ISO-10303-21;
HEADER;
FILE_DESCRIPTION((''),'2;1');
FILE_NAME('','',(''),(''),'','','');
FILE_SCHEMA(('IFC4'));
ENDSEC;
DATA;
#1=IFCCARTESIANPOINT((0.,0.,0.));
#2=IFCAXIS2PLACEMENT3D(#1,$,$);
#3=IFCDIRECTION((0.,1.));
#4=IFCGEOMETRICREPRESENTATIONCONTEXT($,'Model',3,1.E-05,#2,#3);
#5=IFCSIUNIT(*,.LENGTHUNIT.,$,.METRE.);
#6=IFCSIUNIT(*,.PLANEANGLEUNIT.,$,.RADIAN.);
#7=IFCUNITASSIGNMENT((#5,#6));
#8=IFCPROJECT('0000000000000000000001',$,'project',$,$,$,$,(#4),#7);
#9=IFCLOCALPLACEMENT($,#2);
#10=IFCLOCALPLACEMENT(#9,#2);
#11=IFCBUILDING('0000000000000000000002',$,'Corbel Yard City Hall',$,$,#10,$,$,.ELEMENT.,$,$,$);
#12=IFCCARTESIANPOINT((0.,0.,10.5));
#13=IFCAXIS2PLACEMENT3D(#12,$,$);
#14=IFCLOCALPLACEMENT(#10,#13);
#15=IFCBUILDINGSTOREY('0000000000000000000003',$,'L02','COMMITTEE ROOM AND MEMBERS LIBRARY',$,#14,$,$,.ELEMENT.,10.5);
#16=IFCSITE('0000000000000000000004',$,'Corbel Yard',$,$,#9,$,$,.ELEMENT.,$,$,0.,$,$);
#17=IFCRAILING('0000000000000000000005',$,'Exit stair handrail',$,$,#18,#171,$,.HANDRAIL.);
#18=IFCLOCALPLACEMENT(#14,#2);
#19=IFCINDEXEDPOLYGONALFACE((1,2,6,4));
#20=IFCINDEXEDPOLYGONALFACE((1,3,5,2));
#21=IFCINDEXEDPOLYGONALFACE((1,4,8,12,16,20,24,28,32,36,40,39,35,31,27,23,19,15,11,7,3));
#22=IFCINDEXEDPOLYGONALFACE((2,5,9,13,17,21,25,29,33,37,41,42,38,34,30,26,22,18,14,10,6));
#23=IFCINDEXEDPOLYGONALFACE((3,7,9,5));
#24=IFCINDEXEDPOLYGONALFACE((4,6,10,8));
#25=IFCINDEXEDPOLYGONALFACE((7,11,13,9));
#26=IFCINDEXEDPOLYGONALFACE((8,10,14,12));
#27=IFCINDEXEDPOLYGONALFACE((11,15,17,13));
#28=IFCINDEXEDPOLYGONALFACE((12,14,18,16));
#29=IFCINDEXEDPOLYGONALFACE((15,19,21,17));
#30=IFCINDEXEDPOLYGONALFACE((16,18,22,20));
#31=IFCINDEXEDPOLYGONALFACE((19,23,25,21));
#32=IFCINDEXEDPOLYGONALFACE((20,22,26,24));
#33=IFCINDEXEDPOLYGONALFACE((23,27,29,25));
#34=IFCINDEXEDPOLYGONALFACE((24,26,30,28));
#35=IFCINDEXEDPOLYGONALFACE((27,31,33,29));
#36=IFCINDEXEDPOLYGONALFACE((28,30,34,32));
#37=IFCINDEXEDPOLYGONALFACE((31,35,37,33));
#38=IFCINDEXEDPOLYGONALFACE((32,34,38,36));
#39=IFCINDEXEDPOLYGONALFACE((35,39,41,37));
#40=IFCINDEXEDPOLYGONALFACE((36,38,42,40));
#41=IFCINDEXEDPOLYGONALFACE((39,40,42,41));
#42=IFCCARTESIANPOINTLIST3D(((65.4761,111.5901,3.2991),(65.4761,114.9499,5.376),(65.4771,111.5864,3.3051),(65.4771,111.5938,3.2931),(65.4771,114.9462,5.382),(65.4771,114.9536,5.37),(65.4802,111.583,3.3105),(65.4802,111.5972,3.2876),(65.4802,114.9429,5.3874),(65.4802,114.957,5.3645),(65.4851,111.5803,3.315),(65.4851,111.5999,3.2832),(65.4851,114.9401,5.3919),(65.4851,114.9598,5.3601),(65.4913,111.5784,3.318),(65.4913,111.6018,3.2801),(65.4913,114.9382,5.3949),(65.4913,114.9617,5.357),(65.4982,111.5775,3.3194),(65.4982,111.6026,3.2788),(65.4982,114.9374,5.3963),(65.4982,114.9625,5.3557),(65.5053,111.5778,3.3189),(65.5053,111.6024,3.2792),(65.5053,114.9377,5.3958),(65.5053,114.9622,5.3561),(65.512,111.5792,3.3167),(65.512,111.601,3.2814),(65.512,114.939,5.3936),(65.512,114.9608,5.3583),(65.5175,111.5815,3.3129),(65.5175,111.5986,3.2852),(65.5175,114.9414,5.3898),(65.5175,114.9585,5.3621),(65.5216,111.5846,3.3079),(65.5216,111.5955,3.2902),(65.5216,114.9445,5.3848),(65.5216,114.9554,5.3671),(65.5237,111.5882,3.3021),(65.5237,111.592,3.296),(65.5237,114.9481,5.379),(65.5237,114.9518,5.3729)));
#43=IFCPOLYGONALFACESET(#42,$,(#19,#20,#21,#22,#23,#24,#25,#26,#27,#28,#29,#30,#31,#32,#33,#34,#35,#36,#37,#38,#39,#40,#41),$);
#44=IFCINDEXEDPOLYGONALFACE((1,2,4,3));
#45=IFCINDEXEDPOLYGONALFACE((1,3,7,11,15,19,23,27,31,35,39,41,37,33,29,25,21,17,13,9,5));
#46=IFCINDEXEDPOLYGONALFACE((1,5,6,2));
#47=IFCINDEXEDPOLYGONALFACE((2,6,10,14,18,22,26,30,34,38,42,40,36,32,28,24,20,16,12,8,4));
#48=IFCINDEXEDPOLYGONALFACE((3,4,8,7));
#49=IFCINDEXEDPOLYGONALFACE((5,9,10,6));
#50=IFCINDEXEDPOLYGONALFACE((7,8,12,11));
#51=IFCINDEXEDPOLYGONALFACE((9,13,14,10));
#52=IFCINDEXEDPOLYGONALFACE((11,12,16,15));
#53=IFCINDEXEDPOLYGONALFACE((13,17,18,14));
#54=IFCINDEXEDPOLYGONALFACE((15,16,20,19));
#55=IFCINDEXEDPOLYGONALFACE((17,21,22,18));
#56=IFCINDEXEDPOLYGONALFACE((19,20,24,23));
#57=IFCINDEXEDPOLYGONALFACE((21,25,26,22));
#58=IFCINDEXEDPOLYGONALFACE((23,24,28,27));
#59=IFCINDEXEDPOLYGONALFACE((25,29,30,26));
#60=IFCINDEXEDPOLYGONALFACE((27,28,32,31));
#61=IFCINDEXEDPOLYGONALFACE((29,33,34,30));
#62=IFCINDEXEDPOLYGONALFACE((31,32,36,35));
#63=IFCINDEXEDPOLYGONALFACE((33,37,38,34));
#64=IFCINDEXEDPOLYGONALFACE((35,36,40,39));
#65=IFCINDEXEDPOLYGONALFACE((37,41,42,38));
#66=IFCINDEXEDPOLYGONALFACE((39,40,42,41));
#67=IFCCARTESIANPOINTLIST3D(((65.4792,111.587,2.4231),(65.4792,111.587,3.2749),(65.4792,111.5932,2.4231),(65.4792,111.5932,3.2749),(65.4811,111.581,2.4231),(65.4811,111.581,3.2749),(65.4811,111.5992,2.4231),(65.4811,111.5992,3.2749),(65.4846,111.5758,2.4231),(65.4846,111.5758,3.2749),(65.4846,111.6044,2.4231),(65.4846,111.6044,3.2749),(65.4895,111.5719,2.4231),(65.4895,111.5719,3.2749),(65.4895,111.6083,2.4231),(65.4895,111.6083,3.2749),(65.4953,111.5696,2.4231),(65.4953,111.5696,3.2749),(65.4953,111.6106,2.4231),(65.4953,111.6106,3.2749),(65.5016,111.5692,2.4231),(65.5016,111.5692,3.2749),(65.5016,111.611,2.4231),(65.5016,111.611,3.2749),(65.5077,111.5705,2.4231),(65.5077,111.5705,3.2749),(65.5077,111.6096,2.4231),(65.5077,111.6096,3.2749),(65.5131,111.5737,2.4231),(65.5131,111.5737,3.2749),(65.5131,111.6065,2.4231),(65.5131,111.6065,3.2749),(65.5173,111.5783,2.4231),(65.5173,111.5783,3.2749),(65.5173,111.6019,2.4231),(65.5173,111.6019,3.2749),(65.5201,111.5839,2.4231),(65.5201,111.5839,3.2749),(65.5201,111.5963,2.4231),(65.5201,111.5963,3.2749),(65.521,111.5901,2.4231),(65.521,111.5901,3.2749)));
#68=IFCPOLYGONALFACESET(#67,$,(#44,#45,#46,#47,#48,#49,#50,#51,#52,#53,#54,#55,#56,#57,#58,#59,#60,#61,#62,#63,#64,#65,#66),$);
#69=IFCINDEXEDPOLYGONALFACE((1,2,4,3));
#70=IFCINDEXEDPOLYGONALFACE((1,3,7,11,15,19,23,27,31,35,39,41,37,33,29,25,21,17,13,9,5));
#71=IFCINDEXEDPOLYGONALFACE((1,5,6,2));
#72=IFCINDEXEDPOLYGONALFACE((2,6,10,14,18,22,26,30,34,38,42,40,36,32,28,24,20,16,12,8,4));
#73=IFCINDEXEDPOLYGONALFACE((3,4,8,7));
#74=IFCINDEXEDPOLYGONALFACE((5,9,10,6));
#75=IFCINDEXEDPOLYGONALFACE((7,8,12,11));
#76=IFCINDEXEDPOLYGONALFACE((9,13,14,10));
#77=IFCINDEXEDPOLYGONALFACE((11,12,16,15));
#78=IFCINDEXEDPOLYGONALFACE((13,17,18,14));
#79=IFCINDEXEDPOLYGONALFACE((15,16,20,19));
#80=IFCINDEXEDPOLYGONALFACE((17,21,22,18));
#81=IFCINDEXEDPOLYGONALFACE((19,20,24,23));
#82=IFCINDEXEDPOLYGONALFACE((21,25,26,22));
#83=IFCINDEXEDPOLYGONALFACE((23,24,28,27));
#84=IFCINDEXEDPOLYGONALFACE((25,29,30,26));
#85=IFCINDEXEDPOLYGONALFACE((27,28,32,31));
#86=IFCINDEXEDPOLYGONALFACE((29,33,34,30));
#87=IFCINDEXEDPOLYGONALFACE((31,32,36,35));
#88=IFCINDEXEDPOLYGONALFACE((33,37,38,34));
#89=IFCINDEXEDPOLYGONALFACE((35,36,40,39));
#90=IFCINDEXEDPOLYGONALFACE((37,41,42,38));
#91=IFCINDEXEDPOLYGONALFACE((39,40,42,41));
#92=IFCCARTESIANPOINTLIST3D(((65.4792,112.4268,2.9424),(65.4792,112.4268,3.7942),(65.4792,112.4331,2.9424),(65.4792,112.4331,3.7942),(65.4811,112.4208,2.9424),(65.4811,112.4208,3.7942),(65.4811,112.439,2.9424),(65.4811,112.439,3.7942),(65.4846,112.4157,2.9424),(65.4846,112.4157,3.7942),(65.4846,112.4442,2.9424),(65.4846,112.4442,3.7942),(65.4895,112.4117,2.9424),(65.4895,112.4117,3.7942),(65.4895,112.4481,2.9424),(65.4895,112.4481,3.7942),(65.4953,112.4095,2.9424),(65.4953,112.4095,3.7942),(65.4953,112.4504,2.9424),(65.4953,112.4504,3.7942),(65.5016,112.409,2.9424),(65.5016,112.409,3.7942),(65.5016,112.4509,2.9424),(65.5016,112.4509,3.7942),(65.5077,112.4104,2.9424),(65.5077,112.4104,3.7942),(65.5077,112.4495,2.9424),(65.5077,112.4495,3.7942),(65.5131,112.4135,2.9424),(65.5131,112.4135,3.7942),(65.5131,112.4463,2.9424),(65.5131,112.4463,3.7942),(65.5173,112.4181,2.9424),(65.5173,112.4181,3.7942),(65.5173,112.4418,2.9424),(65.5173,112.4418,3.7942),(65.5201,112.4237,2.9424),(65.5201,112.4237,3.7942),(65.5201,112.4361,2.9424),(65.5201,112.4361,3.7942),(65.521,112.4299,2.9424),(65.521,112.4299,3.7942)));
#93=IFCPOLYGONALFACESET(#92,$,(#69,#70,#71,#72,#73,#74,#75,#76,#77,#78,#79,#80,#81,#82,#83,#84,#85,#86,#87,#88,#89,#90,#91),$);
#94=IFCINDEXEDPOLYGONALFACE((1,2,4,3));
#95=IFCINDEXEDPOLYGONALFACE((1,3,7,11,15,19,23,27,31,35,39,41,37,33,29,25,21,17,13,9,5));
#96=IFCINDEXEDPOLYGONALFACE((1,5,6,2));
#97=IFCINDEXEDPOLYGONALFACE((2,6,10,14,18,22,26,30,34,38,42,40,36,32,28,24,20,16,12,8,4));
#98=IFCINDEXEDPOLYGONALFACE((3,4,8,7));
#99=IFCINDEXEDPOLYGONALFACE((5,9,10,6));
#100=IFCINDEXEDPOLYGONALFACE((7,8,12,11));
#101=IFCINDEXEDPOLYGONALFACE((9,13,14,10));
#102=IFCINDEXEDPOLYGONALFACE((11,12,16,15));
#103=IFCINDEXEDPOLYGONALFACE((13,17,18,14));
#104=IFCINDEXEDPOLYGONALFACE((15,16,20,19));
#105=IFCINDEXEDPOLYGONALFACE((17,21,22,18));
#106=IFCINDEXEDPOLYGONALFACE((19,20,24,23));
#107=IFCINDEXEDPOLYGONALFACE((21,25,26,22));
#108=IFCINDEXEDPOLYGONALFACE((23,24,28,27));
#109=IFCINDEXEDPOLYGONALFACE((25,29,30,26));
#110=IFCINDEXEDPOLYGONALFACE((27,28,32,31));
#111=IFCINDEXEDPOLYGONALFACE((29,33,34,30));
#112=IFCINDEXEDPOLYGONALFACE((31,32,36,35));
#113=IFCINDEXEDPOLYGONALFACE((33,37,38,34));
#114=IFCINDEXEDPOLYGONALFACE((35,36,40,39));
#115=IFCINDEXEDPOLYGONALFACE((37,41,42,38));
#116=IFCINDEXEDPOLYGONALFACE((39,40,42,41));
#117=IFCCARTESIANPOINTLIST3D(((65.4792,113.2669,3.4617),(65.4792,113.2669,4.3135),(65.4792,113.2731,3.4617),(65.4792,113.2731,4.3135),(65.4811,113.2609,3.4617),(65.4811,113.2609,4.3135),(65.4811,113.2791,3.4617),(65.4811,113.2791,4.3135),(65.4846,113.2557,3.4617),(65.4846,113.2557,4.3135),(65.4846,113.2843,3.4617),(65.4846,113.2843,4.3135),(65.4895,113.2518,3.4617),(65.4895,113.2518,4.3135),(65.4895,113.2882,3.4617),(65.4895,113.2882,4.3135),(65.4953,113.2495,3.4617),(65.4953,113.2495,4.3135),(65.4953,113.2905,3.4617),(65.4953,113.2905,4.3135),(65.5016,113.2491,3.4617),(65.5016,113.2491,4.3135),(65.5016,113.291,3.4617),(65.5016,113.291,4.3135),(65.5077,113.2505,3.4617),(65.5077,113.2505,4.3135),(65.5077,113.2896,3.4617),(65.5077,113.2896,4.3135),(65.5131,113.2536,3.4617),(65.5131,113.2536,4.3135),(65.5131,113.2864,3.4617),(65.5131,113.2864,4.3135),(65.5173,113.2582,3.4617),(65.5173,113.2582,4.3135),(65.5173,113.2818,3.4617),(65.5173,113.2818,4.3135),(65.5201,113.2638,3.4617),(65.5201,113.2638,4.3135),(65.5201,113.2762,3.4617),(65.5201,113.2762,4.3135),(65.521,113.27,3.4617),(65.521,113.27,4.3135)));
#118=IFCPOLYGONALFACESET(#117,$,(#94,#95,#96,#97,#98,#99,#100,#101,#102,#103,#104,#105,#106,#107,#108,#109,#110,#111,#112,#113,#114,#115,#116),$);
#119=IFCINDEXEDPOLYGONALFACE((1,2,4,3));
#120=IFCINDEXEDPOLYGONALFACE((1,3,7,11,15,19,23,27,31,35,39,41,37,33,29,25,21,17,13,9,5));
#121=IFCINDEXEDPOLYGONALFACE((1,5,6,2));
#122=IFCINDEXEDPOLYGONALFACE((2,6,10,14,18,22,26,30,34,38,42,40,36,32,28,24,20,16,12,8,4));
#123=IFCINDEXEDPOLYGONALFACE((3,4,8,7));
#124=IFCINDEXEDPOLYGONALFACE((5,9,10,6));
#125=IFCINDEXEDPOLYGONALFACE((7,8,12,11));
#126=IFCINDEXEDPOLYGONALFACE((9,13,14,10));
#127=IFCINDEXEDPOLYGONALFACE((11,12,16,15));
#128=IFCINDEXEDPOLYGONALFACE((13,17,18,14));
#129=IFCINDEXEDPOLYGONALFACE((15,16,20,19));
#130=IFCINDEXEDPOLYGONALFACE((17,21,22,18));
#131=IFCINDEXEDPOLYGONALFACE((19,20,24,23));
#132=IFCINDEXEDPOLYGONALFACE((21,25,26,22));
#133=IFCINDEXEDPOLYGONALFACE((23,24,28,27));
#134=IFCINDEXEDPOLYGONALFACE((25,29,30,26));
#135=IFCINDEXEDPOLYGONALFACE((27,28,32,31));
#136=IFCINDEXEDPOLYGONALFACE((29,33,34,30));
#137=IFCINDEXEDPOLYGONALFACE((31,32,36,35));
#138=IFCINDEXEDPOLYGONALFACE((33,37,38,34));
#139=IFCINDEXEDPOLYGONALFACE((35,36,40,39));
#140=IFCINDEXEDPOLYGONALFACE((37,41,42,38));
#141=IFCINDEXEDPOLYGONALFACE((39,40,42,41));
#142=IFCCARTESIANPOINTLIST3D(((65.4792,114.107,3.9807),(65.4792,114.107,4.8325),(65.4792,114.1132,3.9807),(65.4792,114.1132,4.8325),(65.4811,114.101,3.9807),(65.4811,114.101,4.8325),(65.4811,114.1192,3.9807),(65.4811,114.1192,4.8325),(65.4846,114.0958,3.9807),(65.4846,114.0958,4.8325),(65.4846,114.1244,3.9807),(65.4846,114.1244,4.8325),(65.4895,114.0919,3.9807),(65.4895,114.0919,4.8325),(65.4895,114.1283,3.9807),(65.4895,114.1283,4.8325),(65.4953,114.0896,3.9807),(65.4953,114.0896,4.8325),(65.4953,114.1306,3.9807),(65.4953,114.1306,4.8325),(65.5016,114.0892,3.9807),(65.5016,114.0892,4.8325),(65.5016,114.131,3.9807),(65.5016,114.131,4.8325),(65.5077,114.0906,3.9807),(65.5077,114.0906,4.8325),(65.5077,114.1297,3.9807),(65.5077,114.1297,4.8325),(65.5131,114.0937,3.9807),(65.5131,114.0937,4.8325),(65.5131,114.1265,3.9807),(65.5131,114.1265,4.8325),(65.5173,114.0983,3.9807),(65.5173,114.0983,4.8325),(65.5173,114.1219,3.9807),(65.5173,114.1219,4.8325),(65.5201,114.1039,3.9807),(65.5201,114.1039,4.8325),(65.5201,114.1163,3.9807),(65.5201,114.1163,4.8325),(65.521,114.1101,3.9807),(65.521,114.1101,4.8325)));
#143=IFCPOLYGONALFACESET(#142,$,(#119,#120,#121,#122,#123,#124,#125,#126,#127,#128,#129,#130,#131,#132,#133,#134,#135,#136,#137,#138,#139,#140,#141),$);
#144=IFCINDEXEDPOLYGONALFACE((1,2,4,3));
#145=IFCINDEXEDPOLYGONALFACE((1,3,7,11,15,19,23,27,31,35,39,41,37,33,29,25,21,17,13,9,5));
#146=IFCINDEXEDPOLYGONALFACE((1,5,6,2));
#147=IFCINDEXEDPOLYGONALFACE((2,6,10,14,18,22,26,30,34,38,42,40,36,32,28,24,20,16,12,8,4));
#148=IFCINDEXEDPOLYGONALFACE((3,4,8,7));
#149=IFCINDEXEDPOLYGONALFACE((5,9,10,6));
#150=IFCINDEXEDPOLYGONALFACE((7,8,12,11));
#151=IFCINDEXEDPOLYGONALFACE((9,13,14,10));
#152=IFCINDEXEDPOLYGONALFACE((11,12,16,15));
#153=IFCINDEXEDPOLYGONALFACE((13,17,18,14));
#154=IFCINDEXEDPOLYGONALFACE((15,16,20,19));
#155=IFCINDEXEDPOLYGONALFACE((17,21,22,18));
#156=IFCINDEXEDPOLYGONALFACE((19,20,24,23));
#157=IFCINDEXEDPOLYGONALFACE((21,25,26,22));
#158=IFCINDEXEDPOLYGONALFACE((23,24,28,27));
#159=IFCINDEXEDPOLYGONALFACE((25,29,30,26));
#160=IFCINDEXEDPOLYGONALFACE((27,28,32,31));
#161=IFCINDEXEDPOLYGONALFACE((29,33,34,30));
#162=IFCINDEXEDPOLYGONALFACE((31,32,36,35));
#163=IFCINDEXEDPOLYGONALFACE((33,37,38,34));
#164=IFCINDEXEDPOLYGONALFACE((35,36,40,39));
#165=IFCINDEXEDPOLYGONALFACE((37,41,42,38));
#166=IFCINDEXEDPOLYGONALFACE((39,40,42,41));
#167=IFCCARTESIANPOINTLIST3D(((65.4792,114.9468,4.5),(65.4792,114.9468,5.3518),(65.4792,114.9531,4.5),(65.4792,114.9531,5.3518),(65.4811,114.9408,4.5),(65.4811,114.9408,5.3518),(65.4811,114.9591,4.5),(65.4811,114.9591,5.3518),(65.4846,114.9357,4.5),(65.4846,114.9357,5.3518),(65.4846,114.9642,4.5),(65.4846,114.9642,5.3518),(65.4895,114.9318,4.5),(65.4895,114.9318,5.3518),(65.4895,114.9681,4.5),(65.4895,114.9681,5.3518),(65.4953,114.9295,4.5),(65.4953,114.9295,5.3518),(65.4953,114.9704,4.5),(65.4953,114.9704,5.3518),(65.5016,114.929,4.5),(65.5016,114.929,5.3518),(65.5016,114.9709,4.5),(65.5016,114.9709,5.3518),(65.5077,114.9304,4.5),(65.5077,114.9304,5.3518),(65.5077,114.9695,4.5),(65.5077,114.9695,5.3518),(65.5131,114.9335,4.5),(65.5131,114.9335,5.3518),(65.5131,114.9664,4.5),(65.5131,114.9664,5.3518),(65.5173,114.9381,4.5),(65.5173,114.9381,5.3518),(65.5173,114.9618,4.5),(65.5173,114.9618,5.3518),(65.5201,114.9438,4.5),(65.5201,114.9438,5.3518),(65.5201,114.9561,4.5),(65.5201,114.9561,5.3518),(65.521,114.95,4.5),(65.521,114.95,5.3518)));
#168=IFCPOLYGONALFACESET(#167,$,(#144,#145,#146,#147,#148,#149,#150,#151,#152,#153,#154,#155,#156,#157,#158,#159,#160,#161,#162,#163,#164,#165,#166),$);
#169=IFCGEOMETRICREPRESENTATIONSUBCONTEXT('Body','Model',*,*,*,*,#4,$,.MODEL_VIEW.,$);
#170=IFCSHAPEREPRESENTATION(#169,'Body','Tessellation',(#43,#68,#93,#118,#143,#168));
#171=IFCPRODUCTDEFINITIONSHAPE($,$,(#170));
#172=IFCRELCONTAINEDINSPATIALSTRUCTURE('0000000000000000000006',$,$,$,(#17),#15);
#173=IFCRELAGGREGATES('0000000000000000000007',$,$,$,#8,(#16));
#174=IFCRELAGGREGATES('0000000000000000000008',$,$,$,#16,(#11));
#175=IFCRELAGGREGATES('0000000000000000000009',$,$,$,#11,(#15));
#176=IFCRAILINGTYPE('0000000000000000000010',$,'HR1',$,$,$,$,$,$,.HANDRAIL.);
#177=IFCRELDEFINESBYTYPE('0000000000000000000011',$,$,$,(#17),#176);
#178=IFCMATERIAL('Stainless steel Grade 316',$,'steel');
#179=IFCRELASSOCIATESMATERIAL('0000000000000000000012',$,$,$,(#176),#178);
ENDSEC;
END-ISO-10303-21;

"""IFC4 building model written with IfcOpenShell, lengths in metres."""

from ifc_helpers import new_model, si_unit, direction, frame, origin, origin_2d, place, context, subcontext, project, spatial, circle, extrude, material, type_object, element, save


model = new_model("IFC4")

# Units and contexts
model_context = context("Model", 3, precision=1e-05, world=origin(), true_north=direction((0.0, 1.0)))
body_context = subcontext(model_context, "Body", "Model", "MODEL_VIEW")
ifc_project = project(units=[si_unit("LENGTHUNIT", "METRE"), si_unit("PLANEANGLEUNIT", "RADIAN")], contexts=[model_context])

# Site, building, storey
site_placement = place(None, origin())
site = spatial("IfcSite", under=ifc_project, at=site_placement, Name="Corbel Yard", CompositionType="ELEMENT", RefElevation=0.0)
building_placement = place(site_placement, origin())
building = spatial("IfcBuilding", under=site, at=building_placement, Name="Corbel Yard City Hall", CompositionType="ELEMENT")
storey_placement = place(building_placement, frame((0.0, 0.0, 10.5)))
storey = spatial("IfcBuildingStorey", under=building, at=storey_placement, Name="L02", Description="COMMITTEE ROOM AND MEMBERS LIBRARY", CompositionType="ELEMENT", Elevation=10.5)

# Shared definitions
ifc_material_1 = material(Name="Stainless steel Grade 316", Category="steel")

# Railing
railing_type_1 = type_object("IfcRailingType", Name="HR1", PredefinedType="HANDRAIL", material=ifc_material_1)
for number, where, name in (
    (1, (65.5, 111.5901, 2.4231), "Exit stair handrail"),
):
    element("IfcRailing", number, at=place(storey_placement, frame(where)), inside=storey, type_object=railing_type_1, Name=name, PredefinedType="HANDRAIL", context=body_context, shape_type="SweptSolid", body=[
        extrude(circle(Radius=0.0239, at=origin_2d()), frame((0.0, 0.0, 0.876), z_axis=(0.0, 0.850606, 0.525803), x_axis=(-1.0, 0.0, 0.0)), (0.0, 0.0, 1.0), 3.95),
        extrude(circle(Radius=0.021, at=origin_2d()), origin(), (0.0, 0.0, 1.0), 0.8518),
        extrude(circle(Radius=0.021, at=origin_2d()), frame((0.0, 0.8398, 0.5193)), (0.0, 0.0, 1.0), 0.8518),
        extrude(circle(Radius=0.021, at=origin_2d()), frame((0.0, 1.6799, 1.0386)), (0.0, 0.0, 1.0), 0.8518),
        extrude(circle(Radius=0.021, at=origin_2d()), frame((0.0, 2.52, 1.5576)), (0.0, 0.0, 1.0), 0.8518),
        extrude(circle(Radius=0.021, at=origin_2d()), frame((0.0, 3.3599, 2.0769)), (0.0, 0.0, 1.0), 0.8518),
    ])

save(model, "model.ifc")
